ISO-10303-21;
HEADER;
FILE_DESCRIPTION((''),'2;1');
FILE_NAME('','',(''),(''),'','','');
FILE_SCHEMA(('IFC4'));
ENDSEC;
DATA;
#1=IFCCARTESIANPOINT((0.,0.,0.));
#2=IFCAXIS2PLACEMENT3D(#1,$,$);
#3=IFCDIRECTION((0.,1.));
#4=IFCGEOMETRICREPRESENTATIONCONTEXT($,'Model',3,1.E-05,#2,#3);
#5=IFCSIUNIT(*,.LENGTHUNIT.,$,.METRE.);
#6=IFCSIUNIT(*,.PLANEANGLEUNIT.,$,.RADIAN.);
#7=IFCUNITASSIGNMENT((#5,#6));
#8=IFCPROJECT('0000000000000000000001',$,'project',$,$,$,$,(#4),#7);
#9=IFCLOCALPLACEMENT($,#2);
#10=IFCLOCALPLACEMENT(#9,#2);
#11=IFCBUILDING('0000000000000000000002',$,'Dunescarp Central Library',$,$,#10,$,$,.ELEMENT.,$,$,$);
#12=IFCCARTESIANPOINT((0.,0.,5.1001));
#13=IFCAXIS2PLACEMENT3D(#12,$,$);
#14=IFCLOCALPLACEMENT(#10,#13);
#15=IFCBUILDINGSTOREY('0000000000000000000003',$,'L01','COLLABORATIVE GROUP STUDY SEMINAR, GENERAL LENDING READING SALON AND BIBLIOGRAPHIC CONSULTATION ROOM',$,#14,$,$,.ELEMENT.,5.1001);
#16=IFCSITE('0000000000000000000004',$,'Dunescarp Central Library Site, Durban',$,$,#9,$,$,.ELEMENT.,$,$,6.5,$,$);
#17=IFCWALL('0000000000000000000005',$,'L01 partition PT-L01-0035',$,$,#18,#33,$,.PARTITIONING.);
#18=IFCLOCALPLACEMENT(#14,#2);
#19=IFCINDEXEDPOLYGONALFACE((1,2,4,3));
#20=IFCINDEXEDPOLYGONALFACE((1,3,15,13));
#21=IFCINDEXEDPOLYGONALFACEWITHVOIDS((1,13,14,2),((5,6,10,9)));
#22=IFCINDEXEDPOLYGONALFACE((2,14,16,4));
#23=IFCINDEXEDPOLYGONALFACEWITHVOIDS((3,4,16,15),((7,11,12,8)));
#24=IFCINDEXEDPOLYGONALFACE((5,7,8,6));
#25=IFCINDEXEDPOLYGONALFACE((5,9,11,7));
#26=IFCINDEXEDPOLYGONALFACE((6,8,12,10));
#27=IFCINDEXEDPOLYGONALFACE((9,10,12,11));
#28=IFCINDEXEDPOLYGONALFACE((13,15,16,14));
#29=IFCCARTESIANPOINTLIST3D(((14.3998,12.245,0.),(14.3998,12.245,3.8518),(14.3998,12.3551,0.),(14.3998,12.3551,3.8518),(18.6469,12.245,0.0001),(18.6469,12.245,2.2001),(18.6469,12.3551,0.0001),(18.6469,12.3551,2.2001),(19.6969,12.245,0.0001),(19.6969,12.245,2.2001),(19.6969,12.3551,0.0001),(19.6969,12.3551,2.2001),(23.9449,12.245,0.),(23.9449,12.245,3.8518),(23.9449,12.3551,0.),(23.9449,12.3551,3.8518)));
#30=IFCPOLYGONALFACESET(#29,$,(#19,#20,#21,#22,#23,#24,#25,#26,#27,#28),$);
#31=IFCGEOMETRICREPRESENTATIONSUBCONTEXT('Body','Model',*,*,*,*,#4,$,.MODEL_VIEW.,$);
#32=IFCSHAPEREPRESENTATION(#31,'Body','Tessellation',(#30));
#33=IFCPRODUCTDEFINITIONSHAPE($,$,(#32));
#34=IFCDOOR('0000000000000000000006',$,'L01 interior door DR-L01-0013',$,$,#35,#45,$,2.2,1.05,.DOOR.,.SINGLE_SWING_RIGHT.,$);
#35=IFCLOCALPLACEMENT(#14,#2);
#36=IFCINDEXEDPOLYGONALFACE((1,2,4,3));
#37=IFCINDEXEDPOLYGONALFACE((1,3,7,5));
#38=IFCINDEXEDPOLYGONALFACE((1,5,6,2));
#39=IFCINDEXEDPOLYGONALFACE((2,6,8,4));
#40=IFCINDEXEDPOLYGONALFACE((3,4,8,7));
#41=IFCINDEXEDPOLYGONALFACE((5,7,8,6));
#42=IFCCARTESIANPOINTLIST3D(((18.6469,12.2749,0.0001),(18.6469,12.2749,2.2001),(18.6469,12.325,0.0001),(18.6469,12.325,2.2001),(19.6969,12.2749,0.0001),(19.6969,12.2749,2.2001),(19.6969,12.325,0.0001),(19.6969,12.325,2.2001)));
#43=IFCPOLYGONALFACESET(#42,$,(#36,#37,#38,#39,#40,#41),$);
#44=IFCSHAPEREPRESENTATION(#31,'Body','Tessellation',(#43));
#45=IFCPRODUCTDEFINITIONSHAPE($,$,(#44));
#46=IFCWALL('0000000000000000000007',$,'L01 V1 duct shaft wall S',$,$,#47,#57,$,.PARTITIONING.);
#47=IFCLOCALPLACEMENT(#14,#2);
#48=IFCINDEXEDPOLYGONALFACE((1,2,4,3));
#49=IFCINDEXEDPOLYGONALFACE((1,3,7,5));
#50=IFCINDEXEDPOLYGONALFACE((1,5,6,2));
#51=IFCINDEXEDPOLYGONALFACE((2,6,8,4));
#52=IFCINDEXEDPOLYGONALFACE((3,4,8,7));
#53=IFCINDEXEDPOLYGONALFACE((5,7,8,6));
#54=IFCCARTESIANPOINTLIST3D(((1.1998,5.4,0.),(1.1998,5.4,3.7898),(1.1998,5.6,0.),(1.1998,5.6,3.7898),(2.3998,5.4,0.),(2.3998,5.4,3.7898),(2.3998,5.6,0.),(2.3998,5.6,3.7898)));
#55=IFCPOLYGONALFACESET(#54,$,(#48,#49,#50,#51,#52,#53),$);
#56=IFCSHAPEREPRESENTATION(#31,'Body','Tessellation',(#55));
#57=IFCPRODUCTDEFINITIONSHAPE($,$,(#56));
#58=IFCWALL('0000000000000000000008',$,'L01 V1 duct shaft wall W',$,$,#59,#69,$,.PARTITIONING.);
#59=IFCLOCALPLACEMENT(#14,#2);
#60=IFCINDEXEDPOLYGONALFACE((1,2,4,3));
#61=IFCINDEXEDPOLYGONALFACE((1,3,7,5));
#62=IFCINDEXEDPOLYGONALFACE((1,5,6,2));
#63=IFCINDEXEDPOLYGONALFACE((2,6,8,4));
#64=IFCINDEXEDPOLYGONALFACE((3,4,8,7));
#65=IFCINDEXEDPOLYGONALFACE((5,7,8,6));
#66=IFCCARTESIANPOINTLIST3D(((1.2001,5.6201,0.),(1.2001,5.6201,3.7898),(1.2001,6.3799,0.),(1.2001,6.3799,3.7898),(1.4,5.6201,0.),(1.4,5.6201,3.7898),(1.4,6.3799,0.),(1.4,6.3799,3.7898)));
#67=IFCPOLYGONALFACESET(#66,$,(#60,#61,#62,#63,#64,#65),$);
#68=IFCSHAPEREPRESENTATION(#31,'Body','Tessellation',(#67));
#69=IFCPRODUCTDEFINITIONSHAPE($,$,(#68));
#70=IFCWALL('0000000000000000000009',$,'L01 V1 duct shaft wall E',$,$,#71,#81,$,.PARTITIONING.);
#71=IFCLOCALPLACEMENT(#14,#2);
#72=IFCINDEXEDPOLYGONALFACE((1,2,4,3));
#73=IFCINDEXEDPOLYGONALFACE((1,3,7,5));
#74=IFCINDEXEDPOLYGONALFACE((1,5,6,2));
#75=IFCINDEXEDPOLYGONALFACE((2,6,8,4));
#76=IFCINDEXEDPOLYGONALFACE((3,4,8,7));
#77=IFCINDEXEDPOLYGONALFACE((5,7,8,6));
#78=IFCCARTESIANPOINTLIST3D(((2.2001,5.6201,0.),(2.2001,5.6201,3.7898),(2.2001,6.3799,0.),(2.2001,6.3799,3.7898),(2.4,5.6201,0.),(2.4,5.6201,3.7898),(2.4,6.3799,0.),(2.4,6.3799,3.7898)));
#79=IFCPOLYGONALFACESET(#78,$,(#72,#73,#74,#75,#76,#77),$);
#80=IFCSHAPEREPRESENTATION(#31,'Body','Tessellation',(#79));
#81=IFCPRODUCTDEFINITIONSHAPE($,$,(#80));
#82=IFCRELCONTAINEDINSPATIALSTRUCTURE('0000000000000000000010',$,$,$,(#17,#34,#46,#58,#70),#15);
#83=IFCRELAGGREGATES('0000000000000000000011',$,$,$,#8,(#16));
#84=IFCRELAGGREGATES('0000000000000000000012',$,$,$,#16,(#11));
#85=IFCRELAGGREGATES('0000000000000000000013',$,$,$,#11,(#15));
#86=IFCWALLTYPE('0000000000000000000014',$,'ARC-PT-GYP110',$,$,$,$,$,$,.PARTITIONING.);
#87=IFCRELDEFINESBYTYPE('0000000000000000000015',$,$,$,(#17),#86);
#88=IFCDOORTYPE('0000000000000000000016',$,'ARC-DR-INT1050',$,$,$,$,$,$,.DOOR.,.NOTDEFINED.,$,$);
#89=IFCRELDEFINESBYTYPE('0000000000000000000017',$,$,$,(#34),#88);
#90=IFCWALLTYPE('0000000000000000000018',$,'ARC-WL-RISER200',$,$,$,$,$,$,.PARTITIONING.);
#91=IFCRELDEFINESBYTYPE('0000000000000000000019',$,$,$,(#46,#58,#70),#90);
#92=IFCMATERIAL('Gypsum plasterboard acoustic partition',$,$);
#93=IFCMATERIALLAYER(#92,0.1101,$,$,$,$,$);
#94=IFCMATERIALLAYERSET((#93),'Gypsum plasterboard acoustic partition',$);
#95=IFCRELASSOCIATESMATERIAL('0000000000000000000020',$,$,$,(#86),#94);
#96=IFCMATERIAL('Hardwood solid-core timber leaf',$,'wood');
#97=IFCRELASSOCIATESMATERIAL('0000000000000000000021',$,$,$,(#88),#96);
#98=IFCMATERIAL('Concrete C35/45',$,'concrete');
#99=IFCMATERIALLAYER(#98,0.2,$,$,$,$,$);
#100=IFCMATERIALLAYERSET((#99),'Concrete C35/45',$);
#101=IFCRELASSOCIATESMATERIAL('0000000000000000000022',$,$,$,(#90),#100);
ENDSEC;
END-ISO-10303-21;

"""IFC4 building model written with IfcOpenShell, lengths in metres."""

from ifc_helpers import new_model, si_unit, direction, frame, frame_2d, origin, place, context, subcontext, project, spatial, rectangle, extrude, material, layer, layer_set, type_object, element, fill, save


model = new_model("IFC4")

# Units and contexts
model_context = context("Model", 3, precision=1e-05, world=origin(), true_north=direction((0.0, 1.0)))
body_context = subcontext(model_context, "Body", "Model", "MODEL_VIEW")
ifc_project = project(units=[si_unit("LENGTHUNIT", "METRE"), si_unit("PLANEANGLEUNIT", "RADIAN")], contexts=[model_context])

# Site, building, storey
site_placement = place(None, origin())
site = spatial("IfcSite", under=ifc_project, at=site_placement, Name="Dunescarp Central Library Site, Durban", CompositionType="ELEMENT", RefElevation=6.5)
building_placement = place(site_placement, origin())
building = spatial("IfcBuilding", under=site, at=building_placement, Name="Dunescarp Central Library", CompositionType="ELEMENT")
storey_placement = place(building_placement, frame((0.0, 0.0, 5.1001)))
storey = spatial("IfcBuildingStorey", under=building, at=storey_placement, Name="L01", Description="COLLABORATIVE GROUP STUDY SEMINAR, GENERAL LENDING READING SALON AND BIBLIOGRAPHIC CONSULTATION ROOM", CompositionType="ELEMENT", Elevation=5.1001)

# Shared definitions
ifc_material_1 = material(Name="Gypsum plasterboard acoustic partition")

# Wall, opening, door
ifc_layer_1 = layer(ifc_material_1, 0.1101)
ifc_layer_set_1 = layer_set([ifc_layer_1], Name="Gypsum plasterboard acoustic partition")
wall_type_1 = type_object("IfcWallType", Name="ARC-PT-GYP110", PredefinedType="PARTITIONING", material=ifc_layer_set_1)
wall_1_placement = place(storey_placement, frame((14.3999, 12.3, 0.0), z_axis=(0.0, 0.0, 1.0), x_axis=(1.0, 0.0, 0.0)))
wall_1 = element("IfcWall", 1, at=wall_1_placement, inside=storey, type_object=wall_type_1, Name="L01 partition PT-L01-0035", PredefinedType="PARTITIONING", context=body_context, shape_type="SweptSolid", body=[
    extrude(rectangle(XDim=9.5452, YDim=0.1101, at=frame_2d((4.7725, 0.0))), origin(), (0.0, 0.0, 1.0), 3.8518),
])
opening_placement = place(wall_1_placement, frame((4.2471, 0.0, 0.0)))
opening = element("IfcOpeningElement", 2, at=opening_placement, cuts=wall_1, PredefinedType="OPENING", context=body_context, shape_type="SweptSolid", body=[
    extrude(rectangle(XDim=1.05, YDim=2.2, at=frame_2d((0.5249, 1.1001))), frame((0.0, 0.0649, 0.0), z_axis=(0.0, -1.0, 0.0), x_axis=(1.0, 0.0, 0.0)), (0.0, 0.0, 1.0), 0.1301),
])
ifc_material_2 = material(Name="Hardwood solid-core timber leaf", Category="wood")
door_type = type_object("IfcDoorType", Name="ARC-DR-INT1050", OperationType="NOTDEFINED", PredefinedType="DOOR", material=ifc_material_2)
door_placement = place(opening_placement, origin())
door = element("IfcDoor", 3, at=door_placement, inside=storey, type_object=door_type, Name="L01 interior door DR-L01-0013", OperationType="SINGLE_SWING_RIGHT", OverallHeight=2.2, OverallWidth=1.05, PredefinedType="DOOR", context=body_context, shape_type="SweptSolid", body=[
    extrude(rectangle(XDim=1.05, YDim=2.2, at=frame_2d((0.5249, 1.1001))), frame((0.0, 0.0249, 0.0), z_axis=(0.0, -1.0, 0.0), x_axis=(1.0, 0.0, 0.0)), (0.0, 0.0, 1.0), 0.05),
])
fill(opening, door)

# Walls
ifc_material_3 = material(Name="Concrete C35/45", Category="concrete")
ifc_layer_2 = layer(ifc_material_3, 0.2)
ifc_layer_set_2 = layer_set([ifc_layer_2], Name="Concrete C35/45")
wall_type_2 = type_object("IfcWallType", Name="ARC-WL-RISER200", PredefinedType="PARTITIONING", material=ifc_layer_set_2)
wall_2_placement = place(storey_placement, frame((2.3999, 5.5, 0.0), z_axis=(0.0, 0.0, 1.0), x_axis=(-1.0, 0.0, 0.0)))
element("IfcWall", 4, at=wall_2_placement, inside=storey, type_object=wall_type_2, Name="L01 V1 duct shaft wall S", PredefinedType="PARTITIONING", context=body_context, shape_type="SweptSolid", body=[
    extrude(rectangle(XDim=1.2, YDim=0.2, at=frame_2d((0.6001, 0.0))), origin(), (0.0, 0.0, 1.0), 3.7898),
])
for number, where, z_axis, x_axis, name in (
    (5, (1.3, 5.6201, 0.0), (0.0, 0.0, 1.0), (0.0, 1.0, 0.0), "L01 V1 duct shaft wall W"),
    (6, (2.3, 6.3799, 0.0), (0.0, 0.0, 1.0), (0.0, -1.0, 0.0), "L01 V1 duct shaft wall E"),
):
    element("IfcWall", number, at=place(storey_placement, frame(where, z_axis=z_axis, x_axis=x_axis)), inside=storey, type_object=wall_type_2, Name=name, PredefinedType="PARTITIONING", context=body_context, shape_type="SweptSolid", body=[
        extrude(rectangle(XDim=0.7598, YDim=0.2, at=frame_2d((0.3799, 0.0))), origin(), (0.0, 0.0, 1.0), 3.7898),
    ])

save(model, "model.ifc")
